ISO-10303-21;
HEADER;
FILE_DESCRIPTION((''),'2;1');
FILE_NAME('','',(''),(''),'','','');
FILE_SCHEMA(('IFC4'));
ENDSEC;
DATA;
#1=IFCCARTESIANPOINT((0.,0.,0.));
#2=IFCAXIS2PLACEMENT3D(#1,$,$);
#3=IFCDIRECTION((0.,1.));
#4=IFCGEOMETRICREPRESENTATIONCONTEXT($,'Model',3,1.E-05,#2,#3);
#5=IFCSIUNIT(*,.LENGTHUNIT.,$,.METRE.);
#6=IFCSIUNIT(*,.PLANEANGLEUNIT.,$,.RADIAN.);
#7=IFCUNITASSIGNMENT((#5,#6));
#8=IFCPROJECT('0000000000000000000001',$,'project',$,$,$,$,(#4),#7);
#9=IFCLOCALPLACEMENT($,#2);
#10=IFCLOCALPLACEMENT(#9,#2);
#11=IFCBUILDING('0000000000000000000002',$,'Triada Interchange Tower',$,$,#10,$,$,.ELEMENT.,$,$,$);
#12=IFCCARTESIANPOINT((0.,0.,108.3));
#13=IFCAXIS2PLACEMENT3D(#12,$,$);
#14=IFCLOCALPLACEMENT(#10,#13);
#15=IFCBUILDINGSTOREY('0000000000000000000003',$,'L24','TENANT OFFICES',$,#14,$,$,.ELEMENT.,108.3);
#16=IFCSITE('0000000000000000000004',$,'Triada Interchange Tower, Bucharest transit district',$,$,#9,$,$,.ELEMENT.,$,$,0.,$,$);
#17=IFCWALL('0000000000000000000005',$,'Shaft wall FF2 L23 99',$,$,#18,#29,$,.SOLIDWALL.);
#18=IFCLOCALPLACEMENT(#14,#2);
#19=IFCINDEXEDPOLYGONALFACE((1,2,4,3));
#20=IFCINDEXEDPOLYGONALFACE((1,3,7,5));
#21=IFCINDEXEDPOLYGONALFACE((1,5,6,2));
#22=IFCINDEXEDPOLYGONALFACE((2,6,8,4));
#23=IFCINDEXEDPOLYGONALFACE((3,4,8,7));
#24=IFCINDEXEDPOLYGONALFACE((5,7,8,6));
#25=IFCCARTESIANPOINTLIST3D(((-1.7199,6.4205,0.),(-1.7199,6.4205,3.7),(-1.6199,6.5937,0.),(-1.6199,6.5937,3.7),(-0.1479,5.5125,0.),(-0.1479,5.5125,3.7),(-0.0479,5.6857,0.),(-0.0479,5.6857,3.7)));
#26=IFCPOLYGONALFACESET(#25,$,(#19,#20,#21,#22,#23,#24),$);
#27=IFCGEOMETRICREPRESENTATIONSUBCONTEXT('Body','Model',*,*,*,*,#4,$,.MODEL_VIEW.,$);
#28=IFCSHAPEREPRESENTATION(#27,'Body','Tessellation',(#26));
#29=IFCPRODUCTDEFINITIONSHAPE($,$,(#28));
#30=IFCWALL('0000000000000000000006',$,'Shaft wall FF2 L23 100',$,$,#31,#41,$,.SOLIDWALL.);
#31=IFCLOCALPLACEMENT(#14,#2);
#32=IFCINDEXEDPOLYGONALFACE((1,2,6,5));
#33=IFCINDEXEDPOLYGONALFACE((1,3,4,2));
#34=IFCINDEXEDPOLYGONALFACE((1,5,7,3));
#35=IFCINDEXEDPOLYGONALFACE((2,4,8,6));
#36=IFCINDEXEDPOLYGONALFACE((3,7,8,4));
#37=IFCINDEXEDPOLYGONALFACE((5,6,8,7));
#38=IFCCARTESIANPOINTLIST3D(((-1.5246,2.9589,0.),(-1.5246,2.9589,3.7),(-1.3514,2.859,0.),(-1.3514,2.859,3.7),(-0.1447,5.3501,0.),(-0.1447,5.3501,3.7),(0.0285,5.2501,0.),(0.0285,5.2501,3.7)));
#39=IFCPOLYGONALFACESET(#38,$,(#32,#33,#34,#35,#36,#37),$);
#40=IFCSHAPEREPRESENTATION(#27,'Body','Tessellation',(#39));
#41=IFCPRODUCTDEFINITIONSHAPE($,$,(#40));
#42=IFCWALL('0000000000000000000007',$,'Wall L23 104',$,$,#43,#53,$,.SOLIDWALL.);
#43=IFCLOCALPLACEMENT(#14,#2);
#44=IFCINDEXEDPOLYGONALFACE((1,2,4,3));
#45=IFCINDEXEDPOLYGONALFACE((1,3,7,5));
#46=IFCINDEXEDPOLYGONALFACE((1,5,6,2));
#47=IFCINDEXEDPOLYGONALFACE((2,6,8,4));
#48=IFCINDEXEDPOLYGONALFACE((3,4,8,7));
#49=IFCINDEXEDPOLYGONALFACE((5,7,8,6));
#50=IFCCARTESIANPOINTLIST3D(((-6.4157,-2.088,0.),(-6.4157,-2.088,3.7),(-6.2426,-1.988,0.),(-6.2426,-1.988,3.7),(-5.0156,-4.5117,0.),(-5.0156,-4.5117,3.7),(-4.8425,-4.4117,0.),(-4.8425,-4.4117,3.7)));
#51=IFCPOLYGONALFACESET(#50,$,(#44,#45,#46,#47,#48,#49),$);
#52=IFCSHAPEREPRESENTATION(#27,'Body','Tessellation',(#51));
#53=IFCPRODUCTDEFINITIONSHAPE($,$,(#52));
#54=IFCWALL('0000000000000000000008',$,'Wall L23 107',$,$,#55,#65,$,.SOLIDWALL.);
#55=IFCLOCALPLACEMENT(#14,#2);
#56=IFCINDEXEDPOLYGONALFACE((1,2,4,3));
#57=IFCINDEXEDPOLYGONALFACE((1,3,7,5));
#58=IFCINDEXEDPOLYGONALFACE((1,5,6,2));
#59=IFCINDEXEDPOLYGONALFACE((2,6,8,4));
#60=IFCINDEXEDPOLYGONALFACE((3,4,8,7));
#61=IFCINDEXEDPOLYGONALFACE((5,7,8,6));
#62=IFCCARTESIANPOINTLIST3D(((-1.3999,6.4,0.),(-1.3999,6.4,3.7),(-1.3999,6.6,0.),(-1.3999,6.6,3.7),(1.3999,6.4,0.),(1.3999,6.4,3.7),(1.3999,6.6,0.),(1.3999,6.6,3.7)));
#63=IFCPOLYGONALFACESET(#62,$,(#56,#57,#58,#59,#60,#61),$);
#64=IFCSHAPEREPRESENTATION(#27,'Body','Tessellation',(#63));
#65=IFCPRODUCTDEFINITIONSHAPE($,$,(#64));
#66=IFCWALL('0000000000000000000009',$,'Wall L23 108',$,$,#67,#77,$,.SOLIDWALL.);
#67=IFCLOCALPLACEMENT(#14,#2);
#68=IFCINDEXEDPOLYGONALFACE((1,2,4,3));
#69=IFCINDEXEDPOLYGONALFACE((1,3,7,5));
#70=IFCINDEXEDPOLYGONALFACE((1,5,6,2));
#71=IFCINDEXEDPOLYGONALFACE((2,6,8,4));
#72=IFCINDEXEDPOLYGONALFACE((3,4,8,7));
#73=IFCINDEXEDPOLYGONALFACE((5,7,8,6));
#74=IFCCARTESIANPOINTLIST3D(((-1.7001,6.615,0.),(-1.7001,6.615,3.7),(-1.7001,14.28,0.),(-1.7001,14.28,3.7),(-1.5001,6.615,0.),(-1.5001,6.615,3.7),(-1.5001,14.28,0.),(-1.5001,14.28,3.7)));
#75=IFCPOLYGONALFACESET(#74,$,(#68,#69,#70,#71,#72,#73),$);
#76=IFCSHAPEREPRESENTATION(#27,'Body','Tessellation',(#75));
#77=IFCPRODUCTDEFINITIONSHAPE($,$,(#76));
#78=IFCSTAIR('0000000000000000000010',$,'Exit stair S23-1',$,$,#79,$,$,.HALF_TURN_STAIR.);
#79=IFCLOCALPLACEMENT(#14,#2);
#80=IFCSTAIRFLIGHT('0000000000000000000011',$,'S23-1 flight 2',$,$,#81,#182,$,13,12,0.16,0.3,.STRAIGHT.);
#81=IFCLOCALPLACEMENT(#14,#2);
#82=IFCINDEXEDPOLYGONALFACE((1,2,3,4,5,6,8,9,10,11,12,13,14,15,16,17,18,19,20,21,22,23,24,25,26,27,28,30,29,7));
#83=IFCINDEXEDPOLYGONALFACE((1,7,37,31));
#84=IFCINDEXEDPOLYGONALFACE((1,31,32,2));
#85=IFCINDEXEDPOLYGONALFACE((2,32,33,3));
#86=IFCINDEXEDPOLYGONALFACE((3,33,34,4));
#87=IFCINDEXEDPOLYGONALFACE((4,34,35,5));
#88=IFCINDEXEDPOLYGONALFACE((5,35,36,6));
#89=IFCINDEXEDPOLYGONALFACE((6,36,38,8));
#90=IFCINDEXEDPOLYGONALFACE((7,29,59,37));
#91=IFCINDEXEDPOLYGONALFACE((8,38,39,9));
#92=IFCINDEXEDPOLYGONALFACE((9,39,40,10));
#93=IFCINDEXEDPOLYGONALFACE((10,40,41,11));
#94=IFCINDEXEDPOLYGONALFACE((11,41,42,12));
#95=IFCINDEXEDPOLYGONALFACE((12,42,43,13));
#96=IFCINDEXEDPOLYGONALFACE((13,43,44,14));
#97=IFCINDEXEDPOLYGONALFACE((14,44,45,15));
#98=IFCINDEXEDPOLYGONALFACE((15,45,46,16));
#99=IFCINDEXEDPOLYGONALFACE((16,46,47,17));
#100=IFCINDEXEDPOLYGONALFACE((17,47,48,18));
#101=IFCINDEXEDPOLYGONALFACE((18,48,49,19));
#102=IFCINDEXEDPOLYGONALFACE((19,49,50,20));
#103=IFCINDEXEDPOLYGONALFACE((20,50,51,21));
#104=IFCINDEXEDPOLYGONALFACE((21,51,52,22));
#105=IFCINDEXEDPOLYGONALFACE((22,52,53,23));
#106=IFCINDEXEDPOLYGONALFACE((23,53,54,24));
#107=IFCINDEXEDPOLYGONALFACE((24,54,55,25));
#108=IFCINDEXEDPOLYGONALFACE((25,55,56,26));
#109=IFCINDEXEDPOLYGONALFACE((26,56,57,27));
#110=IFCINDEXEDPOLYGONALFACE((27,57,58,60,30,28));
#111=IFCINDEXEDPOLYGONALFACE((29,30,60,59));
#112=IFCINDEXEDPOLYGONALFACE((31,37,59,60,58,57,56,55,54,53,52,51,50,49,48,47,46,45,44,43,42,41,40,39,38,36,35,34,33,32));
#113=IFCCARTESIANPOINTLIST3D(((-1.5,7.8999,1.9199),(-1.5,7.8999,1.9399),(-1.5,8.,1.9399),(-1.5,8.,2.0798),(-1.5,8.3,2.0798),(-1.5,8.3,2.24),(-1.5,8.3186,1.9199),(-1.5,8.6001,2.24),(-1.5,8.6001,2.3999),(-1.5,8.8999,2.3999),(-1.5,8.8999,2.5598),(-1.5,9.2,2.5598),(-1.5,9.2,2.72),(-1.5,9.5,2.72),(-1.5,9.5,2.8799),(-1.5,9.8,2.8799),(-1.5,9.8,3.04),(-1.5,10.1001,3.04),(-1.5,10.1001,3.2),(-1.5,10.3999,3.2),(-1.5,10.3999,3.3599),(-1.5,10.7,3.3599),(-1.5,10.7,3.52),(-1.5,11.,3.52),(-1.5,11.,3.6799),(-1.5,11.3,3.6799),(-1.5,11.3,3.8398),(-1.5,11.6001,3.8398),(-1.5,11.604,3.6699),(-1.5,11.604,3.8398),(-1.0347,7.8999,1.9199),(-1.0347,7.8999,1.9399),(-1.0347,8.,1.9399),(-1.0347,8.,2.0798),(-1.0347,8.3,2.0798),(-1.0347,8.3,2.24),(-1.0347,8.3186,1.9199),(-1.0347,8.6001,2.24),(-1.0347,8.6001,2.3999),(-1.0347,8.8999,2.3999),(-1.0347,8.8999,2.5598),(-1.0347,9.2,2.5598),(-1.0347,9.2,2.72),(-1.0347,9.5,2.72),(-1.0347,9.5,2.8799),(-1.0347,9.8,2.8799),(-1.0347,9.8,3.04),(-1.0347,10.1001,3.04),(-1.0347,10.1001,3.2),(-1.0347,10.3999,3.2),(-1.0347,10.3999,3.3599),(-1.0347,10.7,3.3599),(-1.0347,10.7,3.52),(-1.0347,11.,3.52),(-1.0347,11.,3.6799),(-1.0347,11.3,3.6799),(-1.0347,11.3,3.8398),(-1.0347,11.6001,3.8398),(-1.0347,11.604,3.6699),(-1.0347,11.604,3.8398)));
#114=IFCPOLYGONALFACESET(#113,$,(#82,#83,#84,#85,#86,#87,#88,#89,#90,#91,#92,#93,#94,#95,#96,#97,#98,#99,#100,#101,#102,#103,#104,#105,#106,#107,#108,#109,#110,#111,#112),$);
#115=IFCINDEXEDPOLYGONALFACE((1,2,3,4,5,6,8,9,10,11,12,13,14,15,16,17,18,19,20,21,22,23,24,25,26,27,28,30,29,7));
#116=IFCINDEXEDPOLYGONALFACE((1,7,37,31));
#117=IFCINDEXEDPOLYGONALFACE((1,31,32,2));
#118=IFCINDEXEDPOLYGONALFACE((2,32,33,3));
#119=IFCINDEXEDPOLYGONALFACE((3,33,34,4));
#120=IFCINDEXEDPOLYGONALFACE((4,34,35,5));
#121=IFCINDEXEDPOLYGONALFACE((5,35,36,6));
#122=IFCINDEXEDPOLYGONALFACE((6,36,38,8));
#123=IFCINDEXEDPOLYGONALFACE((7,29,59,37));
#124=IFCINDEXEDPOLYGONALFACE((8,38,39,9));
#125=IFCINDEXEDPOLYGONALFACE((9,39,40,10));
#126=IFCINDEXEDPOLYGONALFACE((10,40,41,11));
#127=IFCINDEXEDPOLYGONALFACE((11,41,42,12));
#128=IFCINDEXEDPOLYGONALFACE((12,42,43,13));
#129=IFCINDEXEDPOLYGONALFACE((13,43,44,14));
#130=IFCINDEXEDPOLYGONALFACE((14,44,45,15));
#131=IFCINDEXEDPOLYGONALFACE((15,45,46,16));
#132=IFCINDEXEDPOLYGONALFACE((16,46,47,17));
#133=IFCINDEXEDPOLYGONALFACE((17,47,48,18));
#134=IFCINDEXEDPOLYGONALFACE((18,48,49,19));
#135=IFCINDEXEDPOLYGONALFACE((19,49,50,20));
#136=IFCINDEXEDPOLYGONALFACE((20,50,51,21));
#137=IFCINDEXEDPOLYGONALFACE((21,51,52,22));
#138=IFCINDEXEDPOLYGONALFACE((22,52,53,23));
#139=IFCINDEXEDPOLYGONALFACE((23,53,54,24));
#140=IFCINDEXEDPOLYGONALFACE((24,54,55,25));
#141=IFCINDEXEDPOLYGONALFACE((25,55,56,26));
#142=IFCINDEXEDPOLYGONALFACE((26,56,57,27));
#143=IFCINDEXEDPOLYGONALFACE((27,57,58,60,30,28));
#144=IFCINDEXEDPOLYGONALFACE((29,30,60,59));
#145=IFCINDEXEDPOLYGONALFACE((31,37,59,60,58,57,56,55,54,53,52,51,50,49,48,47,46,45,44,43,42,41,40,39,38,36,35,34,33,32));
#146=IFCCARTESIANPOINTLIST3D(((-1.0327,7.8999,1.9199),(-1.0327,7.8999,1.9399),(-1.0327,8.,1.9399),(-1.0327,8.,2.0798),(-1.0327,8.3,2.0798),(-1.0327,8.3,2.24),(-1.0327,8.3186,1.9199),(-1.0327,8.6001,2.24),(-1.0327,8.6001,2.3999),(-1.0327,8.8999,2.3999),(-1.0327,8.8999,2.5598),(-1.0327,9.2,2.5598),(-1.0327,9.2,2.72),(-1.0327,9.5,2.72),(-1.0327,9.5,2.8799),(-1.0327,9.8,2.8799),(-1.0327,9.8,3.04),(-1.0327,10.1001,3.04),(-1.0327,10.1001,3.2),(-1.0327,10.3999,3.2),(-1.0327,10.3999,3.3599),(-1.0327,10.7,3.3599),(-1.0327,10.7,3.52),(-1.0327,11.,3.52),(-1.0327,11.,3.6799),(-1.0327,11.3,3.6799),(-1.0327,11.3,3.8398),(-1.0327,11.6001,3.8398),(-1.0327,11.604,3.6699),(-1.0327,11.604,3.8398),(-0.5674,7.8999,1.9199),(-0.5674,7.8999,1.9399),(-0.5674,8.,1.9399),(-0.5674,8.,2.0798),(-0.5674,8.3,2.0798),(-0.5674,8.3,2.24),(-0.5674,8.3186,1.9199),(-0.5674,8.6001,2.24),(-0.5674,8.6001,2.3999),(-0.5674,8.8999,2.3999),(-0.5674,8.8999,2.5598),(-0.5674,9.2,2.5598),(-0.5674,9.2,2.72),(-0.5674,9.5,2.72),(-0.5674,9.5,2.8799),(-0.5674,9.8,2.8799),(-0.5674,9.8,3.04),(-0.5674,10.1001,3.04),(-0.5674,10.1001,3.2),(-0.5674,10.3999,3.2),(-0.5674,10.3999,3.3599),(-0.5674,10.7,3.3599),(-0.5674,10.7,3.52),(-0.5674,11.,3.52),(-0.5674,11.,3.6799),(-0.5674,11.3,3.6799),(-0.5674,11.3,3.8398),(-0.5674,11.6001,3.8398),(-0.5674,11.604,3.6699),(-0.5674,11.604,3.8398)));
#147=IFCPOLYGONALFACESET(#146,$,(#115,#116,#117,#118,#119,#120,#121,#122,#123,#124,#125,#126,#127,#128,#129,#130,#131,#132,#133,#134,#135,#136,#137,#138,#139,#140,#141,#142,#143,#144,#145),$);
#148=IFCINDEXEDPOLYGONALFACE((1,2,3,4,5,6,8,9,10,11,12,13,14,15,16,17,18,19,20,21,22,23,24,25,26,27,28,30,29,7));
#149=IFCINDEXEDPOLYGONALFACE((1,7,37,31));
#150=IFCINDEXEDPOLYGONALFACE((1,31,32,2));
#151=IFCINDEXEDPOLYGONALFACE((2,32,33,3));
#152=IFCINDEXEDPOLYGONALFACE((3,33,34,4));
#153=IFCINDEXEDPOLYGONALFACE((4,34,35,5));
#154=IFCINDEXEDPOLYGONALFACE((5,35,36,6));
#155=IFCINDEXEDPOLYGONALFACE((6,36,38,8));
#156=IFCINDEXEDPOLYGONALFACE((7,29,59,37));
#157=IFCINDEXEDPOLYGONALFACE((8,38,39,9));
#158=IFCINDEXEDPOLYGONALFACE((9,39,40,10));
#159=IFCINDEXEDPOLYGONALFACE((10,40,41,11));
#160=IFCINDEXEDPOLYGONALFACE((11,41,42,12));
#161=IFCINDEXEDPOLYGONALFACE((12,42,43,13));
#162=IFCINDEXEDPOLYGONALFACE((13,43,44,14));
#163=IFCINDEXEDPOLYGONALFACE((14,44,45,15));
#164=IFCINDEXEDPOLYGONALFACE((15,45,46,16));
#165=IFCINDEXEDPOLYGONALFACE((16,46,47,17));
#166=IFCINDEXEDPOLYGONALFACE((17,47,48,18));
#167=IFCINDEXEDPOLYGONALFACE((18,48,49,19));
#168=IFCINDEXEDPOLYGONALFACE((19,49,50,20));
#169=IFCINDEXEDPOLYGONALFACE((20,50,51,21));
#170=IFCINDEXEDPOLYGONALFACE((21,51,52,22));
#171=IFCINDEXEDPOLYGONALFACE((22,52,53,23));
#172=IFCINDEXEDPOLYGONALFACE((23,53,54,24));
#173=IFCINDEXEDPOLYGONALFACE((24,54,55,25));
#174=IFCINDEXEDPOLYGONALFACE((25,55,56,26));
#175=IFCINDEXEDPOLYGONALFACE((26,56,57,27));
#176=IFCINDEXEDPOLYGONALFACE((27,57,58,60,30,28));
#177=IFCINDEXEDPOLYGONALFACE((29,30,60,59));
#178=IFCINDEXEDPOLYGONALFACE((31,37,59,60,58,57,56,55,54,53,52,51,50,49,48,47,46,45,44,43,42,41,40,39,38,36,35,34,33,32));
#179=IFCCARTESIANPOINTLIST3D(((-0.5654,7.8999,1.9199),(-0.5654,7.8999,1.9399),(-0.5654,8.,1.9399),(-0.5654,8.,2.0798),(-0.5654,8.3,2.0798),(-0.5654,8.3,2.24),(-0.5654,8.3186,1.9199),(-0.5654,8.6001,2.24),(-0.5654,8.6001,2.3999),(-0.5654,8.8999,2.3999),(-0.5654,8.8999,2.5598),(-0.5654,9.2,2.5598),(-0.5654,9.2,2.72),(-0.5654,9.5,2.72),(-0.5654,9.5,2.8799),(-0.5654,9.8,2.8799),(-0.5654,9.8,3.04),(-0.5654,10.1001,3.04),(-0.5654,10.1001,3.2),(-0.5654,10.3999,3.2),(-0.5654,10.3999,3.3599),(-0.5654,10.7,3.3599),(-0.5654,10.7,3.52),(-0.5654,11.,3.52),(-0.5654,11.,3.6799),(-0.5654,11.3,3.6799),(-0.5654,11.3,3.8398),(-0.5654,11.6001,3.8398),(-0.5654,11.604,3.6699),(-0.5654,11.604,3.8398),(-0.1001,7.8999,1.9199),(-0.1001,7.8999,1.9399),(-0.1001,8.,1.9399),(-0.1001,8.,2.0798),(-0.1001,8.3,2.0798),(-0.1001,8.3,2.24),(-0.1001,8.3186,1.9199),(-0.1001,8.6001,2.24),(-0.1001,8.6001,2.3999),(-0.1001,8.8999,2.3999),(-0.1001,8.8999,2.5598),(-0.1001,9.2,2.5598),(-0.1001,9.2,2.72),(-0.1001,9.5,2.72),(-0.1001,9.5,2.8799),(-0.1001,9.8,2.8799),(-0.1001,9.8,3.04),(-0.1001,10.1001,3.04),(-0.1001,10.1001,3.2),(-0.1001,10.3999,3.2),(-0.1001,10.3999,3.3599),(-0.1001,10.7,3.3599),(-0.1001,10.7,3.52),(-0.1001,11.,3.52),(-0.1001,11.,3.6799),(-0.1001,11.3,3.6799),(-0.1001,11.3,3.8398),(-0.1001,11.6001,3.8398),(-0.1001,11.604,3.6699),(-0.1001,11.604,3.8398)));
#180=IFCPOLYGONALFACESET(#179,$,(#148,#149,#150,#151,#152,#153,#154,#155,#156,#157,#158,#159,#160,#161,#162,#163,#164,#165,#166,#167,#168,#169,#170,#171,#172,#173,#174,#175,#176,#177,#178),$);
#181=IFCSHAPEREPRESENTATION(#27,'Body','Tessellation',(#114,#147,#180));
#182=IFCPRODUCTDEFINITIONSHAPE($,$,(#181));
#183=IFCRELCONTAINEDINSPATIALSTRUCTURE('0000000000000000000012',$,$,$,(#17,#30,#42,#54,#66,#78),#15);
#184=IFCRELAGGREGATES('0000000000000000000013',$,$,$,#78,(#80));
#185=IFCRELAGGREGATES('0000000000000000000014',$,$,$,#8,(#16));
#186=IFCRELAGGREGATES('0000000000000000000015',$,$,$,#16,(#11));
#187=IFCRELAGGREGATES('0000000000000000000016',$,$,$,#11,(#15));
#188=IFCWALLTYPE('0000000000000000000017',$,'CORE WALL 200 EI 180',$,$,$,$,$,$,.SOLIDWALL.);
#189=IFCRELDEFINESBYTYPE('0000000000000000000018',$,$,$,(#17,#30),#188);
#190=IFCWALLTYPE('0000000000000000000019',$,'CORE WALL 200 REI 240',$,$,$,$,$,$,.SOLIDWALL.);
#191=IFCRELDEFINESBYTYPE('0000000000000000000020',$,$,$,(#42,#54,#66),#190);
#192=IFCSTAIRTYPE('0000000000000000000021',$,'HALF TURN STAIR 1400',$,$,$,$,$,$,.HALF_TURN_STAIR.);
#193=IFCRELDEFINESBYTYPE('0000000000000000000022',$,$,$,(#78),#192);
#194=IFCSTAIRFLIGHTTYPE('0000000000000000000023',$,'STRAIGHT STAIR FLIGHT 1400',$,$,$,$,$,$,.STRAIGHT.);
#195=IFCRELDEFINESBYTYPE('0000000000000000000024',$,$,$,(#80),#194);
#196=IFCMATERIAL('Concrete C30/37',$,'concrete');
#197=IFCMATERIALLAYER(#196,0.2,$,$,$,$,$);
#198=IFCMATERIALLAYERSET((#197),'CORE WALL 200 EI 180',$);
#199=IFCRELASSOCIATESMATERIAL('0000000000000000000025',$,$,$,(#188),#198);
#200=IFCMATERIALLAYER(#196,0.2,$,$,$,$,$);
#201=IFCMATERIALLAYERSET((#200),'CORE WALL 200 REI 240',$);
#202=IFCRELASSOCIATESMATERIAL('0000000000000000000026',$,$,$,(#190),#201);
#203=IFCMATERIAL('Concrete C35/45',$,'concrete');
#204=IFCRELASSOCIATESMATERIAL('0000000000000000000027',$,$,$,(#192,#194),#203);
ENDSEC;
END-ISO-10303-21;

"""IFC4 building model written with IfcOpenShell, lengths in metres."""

from ifc_helpers import new_model, si_unit, direction, frame, frame_2d, origin, place, context, subcontext, project, spatial, polyline, rectangle, outline, extrude, material, layer, layer_set, type_object, element, aggregate, save


model = new_model("IFC4")

# Units and contexts
model_context = context("Model", 3, precision=1e-05, world=origin(), true_north=direction((0.0, 1.0)))
body_context = subcontext(model_context, "Body", "Model", "MODEL_VIEW")
ifc_project = project(units=[si_unit("LENGTHUNIT", "METRE"), si_unit("PLANEANGLEUNIT", "RADIAN")], contexts=[model_context])

# Site, building, storey
site_placement = place(None, origin())
site = spatial("IfcSite", under=ifc_project, at=site_placement, Name="Triada Interchange Tower, Bucharest transit district", CompositionType="ELEMENT", RefElevation=0.0)
building_placement = place(site_placement, origin())
building = spatial("IfcBuilding", under=site, at=building_placement, Name="Triada Interchange Tower", CompositionType="ELEMENT")
storey_placement = place(building_placement, frame((0.0, 0.0, 108.3)))
storey = spatial("IfcBuildingStorey", under=building, at=storey_placement, Name="L24", Description="TENANT OFFICES", CompositionType="ELEMENT", Elevation=108.3)

# Shared definitions
ifc_material_1 = material(Name="Concrete C30/37", Category="concrete")
ifc_layer_1 = layer(ifc_material_1, 0.2)
ifc_layer_set_1 = layer_set([ifc_layer_1], Name="CORE WALL 200 EI 180")
wall_type_1 = type_object("IfcWallType", Name="CORE WALL 200 EI 180", PredefinedType="SOLIDWALL", material=ifc_layer_set_1)

# Walls
wall_1_placement = place(storey_placement, frame((-1.6699, 6.5071, 0.0), z_axis=(0.0, 0.0, 1.0), x_axis=(0.865941, -0.500145, 0.0)))
element("IfcWall", 1, at=wall_1_placement, inside=storey, type_object=wall_type_1, Name="Shaft wall FF2 L23 99", PredefinedType="SOLIDWALL", context=body_context, shape_type="SweptSolid", body=[
    extrude(rectangle(XDim=1.8154, YDim=0.2, at=frame_2d((0.9077, 0.0))), origin(), (0.0, 0.0, 1.0), 3.7),
])
wall_2_placement = place(storey_placement, frame((-1.438, 2.9089, 0.0), z_axis=(0.0, 0.0, 1.0), x_axis=(0.49983, 0.866124, 0.0)))
element("IfcWall", 2, at=wall_2_placement, inside=storey, type_object=wall_type_1, Name="Shaft wall FF2 L23 100", PredefinedType="SOLIDWALL", context=body_context, shape_type="SweptSolid", body=[
    extrude(rectangle(XDim=2.7607, YDim=0.2, at=frame_2d((1.3804, 0.0))), origin(), (0.0, 0.0, 1.0), 3.7),
])
ifc_layer_2 = layer(ifc_material_1, 0.2)
ifc_layer_set_2 = layer_set([ifc_layer_2], Name="CORE WALL 200 REI 240")
wall_type_2 = type_object("IfcWallType", Name="CORE WALL 200 REI 240", PredefinedType="SOLIDWALL", material=ifc_layer_set_2)
wall_3_placement = place(storey_placement, frame((-6.3291, -2.0381, 0.0), z_axis=(0.0, 0.0, 1.0), x_axis=(0.500201, -0.86591, 0.0)))
element("IfcWall", 3, at=wall_3_placement, inside=storey, type_object=wall_type_2, Name="Wall L23 104", PredefinedType="SOLIDWALL", context=body_context, shape_type="SweptSolid", body=[
    extrude(rectangle(XDim=2.7991, YDim=0.2, at=frame_2d((1.3994, 0.0))), origin(), (0.0, 0.0, 1.0), 3.7),
])
wall_4_placement = place(storey_placement, frame((-1.3999, 6.5, 0.0), z_axis=(0.0, 0.0, 1.0), x_axis=(1.0, 0.0, 0.0)))
element("IfcWall", 4, at=wall_4_placement, inside=storey, type_object=wall_type_2, Name="Wall L23 107", PredefinedType="SOLIDWALL", context=body_context, shape_type="SweptSolid", body=[
    extrude(rectangle(XDim=2.7998, YDim=0.2, at=frame_2d((1.3999, 0.0))), origin(), (0.0, 0.0, 1.0), 3.7),
])
wall_5_placement = place(storey_placement, frame((-1.6001, 6.615, 0.0), z_axis=(0.0, 0.0, 1.0), x_axis=(0.0, 1.0, 0.0)))
element("IfcWall", 5, at=wall_5_placement, inside=storey, type_object=wall_type_2, Name="Wall L23 108", PredefinedType="SOLIDWALL", context=body_context, shape_type="SweptSolid", body=[
    extrude(rectangle(XDim=7.665, YDim=0.2, at=frame_2d((3.8325, 0.0))), origin(), (0.0, 0.0, 1.0), 3.7),
])

# Stair, stair flight
ifc_material_2 = material(Name="Concrete C35/45", Category="concrete")
stair_type = type_object("IfcStairType", Name="HALF TURN STAIR 1400", PredefinedType="HALF_TURN_STAIR", material=ifc_material_2)
stair_placement = place(storey_placement, origin())
stair = element("IfcStair", 6, at=stair_placement, inside=storey, type_object=stair_type, Name="Exit stair S23-1", PredefinedType="HALF_TURN_STAIR")
stair_flight_type = type_object("IfcStairFlightType", Name="STRAIGHT STAIR FLIGHT 1400", PredefinedType="STRAIGHT", material=ifc_material_2)
stair_flight_placement = place(storey_placement, frame((-0.8, 8.0, 1.9199), z_axis=(0.0, 0.0, 1.0), x_axis=(0.0, 1.0, 0.0)))
stair_flight = element("IfcStairFlight", 7, at=stair_flight_placement, type_object=stair_flight_type, Name="S23-1 flight 2", NumberOfRisers=13, NumberOfTreads=12, PredefinedType="STRAIGHT", RiserHeight=0.16, TreadLength=0.3, context=body_context, shape_type="SweptSolid", body=[
    extrude(outline(polyline([(-0.1001, 0.0), (-0.1001, 0.02), (0.0, 0.02), (0.0, 0.1599), (0.3, 0.1599), (0.3, 0.3201), (0.6001, 0.3201), (0.6001, 0.48), (0.8999, 0.48), (0.8999, 0.6399), (1.2, 0.6399), (1.2, 0.8), (1.5, 0.8), (1.5, 0.96), (1.8, 0.96), (1.8, 1.1201), (2.1001, 1.1201), (2.1001, 1.28), (2.3999, 1.28), (2.3999, 1.4399), (2.7, 1.4399), (2.7, 1.6001), (3.0, 1.6001), (3.0, 1.76), (3.3, 1.76), (3.3, 1.9199), (3.6001, 1.9199), (3.604, 1.9199), (3.604, 2.0801), (3.604, 1.75), (0.3186, 0.0), (-0.1001, 0.0)])), frame((0.0, 0.7, 0.0), z_axis=(0.0, -1.0, 0.0), x_axis=(1.0, 0.0, 0.0)), (0.0, 0.0, 1.0), 0.4653),
    extrude(outline(polyline([(-0.1001, 0.0), (-0.1001, 0.02), (0.0, 0.02), (0.0, 0.1599), (0.3, 0.1599), (0.3, 0.3201), (0.6001, 0.3201), (0.6001, 0.48), (0.8999, 0.48), (0.8999, 0.6399), (1.2, 0.6399), (1.2, 0.8), (1.5, 0.8), (1.5, 0.96), (1.8, 0.96), (1.8, 1.1201), (2.1001, 1.1201), (2.1001, 1.28), (2.3999, 1.28), (2.3999, 1.4399), (2.7, 1.4399), (2.7, 1.6001), (3.0, 1.6001), (3.0, 1.76), (3.3, 1.76), (3.3, 1.9199), (3.6001, 1.9199), (3.604, 1.9199), (3.604, 2.0801), (3.604, 1.75), (0.3186, 0.0), (-0.1001, 0.0)])), frame((0.0, 0.2327, 0.0), z_axis=(0.0, -1.0, 0.0), x_axis=(1.0, 0.0, 0.0)), (0.0, 0.0, 1.0), 0.4653),
    extrude(outline(polyline([(-0.1001, 0.0), (-0.1001, 0.02), (0.0, 0.02), (0.0, 0.1599), (0.3, 0.1599), (0.3, 0.3201), (0.6001, 0.3201), (0.6001, 0.48), (0.8999, 0.48), (0.8999, 0.6399), (1.2, 0.6399), (1.2, 0.8), (1.5, 0.8), (1.5, 0.96), (1.8, 0.96), (1.8, 1.1201), (2.1001, 1.1201), (2.1001, 1.28), (2.3999, 1.28), (2.3999, 1.4399), (2.7, 1.4399), (2.7, 1.6001), (3.0, 1.6001), (3.0, 1.76), (3.3, 1.76), (3.3, 1.9199), (3.6001, 1.9199), (3.604, 1.9199), (3.604, 2.0801), (3.604, 1.75), (0.3186, 0.0), (-0.1001, 0.0)])), frame((0.0, -0.2346, 0.0), z_axis=(0.0, -1.0, 0.0), x_axis=(1.0, 0.0, 0.0)), (0.0, 0.0, 1.0), 0.4653),
])
aggregate(stair, [stair_flight])

save(model, "model.ifc")
